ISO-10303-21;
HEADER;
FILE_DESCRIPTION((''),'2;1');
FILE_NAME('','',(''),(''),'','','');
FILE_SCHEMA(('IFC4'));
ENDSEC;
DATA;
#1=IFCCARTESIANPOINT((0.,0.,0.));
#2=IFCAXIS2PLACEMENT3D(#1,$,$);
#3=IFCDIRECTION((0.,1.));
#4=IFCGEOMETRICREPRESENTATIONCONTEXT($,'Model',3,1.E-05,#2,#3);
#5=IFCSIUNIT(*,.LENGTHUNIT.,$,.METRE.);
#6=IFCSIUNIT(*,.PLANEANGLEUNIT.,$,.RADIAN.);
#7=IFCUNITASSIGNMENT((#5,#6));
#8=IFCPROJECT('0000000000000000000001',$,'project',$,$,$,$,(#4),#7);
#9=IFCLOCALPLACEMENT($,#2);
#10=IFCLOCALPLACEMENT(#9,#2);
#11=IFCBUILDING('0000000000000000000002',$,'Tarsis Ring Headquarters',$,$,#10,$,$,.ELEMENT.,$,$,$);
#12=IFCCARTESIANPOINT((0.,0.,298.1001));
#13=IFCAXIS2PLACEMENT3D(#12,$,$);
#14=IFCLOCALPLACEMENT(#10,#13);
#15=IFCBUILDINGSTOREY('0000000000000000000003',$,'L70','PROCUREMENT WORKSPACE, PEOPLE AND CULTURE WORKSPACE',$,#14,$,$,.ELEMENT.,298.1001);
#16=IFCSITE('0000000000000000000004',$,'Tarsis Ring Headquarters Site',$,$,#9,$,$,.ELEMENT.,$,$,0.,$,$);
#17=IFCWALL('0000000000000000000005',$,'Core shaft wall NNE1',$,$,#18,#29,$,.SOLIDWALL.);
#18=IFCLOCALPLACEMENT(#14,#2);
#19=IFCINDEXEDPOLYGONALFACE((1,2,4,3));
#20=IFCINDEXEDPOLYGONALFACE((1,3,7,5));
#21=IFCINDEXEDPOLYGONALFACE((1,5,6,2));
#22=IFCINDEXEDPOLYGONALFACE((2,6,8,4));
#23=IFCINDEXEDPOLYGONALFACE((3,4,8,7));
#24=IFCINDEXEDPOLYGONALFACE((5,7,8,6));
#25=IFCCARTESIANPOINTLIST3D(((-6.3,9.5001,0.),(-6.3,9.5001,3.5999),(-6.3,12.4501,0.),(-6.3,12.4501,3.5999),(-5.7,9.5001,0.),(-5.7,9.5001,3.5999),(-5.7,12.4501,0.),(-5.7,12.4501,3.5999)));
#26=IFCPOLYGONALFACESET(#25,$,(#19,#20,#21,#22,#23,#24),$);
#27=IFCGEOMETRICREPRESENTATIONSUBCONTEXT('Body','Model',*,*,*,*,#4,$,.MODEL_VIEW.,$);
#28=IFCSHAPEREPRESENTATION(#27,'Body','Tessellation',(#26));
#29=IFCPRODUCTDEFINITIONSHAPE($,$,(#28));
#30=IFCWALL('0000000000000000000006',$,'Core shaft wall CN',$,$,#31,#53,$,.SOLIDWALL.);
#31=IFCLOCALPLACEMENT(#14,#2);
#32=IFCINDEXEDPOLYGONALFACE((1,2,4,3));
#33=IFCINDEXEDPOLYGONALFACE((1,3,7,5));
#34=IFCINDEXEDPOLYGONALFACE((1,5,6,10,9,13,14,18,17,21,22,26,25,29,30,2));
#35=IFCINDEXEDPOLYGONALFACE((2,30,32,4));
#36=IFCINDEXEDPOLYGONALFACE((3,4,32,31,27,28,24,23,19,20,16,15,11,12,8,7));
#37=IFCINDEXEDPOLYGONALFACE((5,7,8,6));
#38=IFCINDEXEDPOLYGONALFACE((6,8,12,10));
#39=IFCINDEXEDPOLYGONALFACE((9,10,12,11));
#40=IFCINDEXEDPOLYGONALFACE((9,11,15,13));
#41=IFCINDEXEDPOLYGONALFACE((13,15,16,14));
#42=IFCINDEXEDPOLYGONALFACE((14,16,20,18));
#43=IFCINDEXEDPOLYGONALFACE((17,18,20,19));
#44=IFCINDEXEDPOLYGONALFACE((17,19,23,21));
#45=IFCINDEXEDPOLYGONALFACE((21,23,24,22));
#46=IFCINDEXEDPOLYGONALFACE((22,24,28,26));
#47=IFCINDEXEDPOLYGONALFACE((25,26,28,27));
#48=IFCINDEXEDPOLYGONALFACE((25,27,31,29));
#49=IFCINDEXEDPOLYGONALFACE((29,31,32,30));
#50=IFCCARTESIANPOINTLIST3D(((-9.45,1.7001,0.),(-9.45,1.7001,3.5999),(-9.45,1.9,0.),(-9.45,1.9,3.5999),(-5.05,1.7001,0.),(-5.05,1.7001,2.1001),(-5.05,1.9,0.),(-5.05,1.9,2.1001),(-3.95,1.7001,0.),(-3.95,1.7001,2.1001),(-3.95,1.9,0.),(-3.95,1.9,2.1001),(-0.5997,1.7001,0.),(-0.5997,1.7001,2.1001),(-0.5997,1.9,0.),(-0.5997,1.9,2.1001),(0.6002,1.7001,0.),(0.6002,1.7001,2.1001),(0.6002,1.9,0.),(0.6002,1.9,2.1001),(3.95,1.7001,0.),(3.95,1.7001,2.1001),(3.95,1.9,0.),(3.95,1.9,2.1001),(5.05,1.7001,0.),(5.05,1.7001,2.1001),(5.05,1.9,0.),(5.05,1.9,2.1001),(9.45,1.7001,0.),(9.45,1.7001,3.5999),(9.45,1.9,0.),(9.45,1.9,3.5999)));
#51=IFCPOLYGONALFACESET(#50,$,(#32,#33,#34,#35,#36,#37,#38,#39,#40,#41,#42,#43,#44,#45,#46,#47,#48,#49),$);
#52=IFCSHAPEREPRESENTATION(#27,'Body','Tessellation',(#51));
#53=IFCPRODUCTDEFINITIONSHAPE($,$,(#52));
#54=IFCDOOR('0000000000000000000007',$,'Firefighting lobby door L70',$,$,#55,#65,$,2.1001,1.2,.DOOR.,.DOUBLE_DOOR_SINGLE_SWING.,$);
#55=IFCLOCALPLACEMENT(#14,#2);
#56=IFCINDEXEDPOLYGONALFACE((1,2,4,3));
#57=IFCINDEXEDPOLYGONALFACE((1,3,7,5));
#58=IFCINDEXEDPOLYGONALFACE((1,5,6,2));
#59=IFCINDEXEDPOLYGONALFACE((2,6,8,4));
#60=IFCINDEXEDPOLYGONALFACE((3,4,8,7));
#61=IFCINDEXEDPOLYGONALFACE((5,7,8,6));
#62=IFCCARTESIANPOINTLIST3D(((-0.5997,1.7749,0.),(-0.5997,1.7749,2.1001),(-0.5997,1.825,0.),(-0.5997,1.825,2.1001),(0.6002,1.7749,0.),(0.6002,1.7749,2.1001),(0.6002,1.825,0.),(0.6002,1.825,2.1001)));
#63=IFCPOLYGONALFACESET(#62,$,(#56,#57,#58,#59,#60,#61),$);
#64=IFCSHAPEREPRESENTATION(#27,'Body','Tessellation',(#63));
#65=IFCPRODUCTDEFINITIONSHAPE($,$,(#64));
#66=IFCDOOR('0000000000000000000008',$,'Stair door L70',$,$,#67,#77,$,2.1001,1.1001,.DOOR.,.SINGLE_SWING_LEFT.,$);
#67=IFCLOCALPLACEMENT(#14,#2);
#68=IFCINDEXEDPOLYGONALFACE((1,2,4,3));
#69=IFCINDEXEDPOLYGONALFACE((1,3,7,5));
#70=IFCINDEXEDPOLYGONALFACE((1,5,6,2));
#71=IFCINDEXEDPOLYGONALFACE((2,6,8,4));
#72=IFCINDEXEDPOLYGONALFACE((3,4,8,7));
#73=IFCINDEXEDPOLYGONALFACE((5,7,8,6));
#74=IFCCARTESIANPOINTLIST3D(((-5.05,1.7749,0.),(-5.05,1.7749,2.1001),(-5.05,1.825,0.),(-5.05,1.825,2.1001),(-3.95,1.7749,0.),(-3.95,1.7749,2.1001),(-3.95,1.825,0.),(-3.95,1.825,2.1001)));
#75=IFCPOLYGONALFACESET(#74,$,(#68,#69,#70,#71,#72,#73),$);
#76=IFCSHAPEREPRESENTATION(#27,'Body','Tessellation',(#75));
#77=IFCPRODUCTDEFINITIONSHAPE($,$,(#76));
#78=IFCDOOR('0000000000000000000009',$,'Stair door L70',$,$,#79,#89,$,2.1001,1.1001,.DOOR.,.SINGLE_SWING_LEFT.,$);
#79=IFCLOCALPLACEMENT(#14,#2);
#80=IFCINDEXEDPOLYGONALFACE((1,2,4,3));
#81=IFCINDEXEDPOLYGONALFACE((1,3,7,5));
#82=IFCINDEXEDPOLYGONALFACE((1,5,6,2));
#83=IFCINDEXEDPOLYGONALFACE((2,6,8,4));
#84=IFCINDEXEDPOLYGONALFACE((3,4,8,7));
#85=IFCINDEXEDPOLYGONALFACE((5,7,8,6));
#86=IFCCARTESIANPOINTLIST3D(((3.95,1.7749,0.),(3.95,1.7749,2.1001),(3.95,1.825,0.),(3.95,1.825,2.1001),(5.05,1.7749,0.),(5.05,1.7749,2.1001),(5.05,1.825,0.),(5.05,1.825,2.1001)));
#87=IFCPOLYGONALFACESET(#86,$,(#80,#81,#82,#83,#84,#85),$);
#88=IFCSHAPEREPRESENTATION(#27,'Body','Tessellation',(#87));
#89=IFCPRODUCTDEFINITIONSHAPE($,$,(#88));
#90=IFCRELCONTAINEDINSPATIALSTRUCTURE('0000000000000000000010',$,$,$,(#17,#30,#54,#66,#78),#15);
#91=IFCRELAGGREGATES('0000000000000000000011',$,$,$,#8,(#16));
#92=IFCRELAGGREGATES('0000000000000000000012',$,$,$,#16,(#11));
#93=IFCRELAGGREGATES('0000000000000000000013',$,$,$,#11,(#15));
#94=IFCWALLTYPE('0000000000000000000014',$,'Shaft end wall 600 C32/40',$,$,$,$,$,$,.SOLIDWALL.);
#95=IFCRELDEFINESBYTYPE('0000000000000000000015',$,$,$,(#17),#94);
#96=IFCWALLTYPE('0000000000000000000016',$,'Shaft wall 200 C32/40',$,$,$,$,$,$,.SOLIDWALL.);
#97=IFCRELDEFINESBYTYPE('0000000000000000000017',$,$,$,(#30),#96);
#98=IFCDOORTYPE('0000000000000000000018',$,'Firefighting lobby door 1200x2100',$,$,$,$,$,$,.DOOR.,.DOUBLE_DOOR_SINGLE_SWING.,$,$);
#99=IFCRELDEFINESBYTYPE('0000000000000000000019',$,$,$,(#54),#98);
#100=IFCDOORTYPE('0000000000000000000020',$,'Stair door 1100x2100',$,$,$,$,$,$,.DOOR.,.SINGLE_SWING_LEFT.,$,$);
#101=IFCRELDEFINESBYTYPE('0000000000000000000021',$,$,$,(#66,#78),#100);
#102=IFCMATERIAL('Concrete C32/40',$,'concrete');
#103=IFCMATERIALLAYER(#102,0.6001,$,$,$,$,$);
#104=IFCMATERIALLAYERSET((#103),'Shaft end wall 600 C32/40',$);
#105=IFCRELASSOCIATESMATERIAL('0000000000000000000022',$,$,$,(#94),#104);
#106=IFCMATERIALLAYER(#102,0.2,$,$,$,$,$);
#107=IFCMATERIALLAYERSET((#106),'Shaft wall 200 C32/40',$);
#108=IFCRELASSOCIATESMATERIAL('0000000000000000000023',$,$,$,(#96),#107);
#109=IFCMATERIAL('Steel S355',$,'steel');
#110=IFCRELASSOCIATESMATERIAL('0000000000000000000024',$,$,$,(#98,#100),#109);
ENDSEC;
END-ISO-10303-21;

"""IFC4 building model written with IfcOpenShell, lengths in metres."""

from ifc_helpers import new_model, si_unit, direction, frame, frame_2d, origin, place, context, subcontext, project, spatial, rectangle, extrude, material, layer, layer_set, type_object, element, fill, save


model = new_model("IFC4")

# Units and contexts
model_context = context("Model", 3, precision=1e-05, world=origin(), true_north=direction((0.0, 1.0)))
body_context = subcontext(model_context, "Body", "Model", "MODEL_VIEW")
ifc_project = project(units=[si_unit("LENGTHUNIT", "METRE"), si_unit("PLANEANGLEUNIT", "RADIAN")], contexts=[model_context])

# Site, building, storey
site_placement = place(None, origin())
site = spatial("IfcSite", under=ifc_project, at=site_placement, Name="Tarsis Ring Headquarters Site", CompositionType="ELEMENT", RefElevation=0.0)
building_placement = place(site_placement, origin())
building = spatial("IfcBuilding", under=site, at=building_placement, Name="Tarsis Ring Headquarters", CompositionType="ELEMENT")
storey_placement = place(building_placement, frame((0.0, 0.0, 298.1001)))
storey = spatial("IfcBuildingStorey", under=building, at=storey_placement, Name="L70", Description="PROCUREMENT WORKSPACE, PEOPLE AND CULTURE WORKSPACE", CompositionType="ELEMENT", Elevation=298.1001)

# Shared definitions
ifc_material_1 = material(Name="Steel S355", Category="steel")

# Wall
ifc_material_2 = material(Name="Concrete C32/40", Category="concrete")
ifc_layer_1 = layer(ifc_material_2, 0.6001)
ifc_layer_set_1 = layer_set([ifc_layer_1], Name="Shaft end wall 600 C32/40")
wall_type_1 = type_object("IfcWallType", Name="Shaft end wall 600 C32/40", PredefinedType="SOLIDWALL", material=ifc_layer_set_1)
wall_1_placement = place(storey_placement, frame((-6.0, 9.5, 0.0), z_axis=(0.0, 0.0, 1.0), x_axis=(0.0, 1.0, 0.0)))
element("IfcWall", 1, at=wall_1_placement, inside=storey, type_object=wall_type_1, Name="Core shaft wall NNE1", PredefinedType="SOLIDWALL", context=body_context, shape_type="SweptSolid", body=[
    extrude(rectangle(XDim=2.95, YDim=0.6001, at=frame_2d((1.4751, 0.0))), origin(), (0.0, 0.0, 1.0), 3.5999),
])

# Wall, openings, doors
ifc_layer_2 = layer(ifc_material_2, 0.2)
ifc_layer_set_2 = layer_set([ifc_layer_2], Name="Shaft wall 200 C32/40")
wall_type_2 = type_object("IfcWallType", Name="Shaft wall 200 C32/40", PredefinedType="SOLIDWALL", material=ifc_layer_set_2)
wall_2_placement = place(storey_placement, frame((-9.45, 1.8, 0.0), z_axis=(0.0, 0.0, 1.0), x_axis=(1.0, 0.0, 0.0)))
wall_2 = element("IfcWall", 2, at=wall_2_placement, inside=storey, type_object=wall_type_2, Name="Core shaft wall CN", PredefinedType="SOLIDWALL", context=body_context, shape_type="SweptSolid", body=[
    extrude(rectangle(XDim=18.8999, YDim=0.2, at=frame_2d((9.45, 0.0))), origin(), (0.0, 0.0, 1.0), 3.5999),
])
opening_1_placement = place(wall_2_placement, frame((4.3999, 0.0, 0.0)))
opening_1 = element("IfcOpeningElement", 3, at=opening_1_placement, cuts=wall_2, PredefinedType="OPENING", context=body_context, shape_type="SweptSolid", body=[
    extrude(rectangle(XDim=1.1001, YDim=2.1001, at=frame_2d((0.55, 1.05))), frame((0.0, 0.1099, 0.0), z_axis=(0.0, -1.0, 0.0), x_axis=(1.0, 0.0, 0.0)), (0.0, 0.0, 1.0), 0.22),
])
opening_2_placement = place(wall_2_placement, frame((8.8501, 0.0, 0.0)))
opening_2 = element("IfcOpeningElement", 4, at=opening_2_placement, cuts=wall_2, PredefinedType="OPENING", context=body_context, shape_type="SweptSolid", body=[
    extrude(rectangle(XDim=1.2, YDim=2.1001, at=frame_2d((0.6001, 1.05))), frame((0.0, 0.1099, 0.0), z_axis=(0.0, -1.0, 0.0), x_axis=(1.0, 0.0, 0.0)), (0.0, 0.0, 1.0), 0.22),
])
opening_3_placement = place(wall_2_placement, frame((13.3999, 0.0, 0.0)))
opening_3 = element("IfcOpeningElement", 5, at=opening_3_placement, cuts=wall_2, PredefinedType="OPENING", context=body_context, shape_type="SweptSolid", body=[
    extrude(rectangle(XDim=1.1001, YDim=2.1001, at=frame_2d((0.55, 1.05))), frame((0.0, 0.1099, 0.0), z_axis=(0.0, -1.0, 0.0), x_axis=(1.0, 0.0, 0.0)), (0.0, 0.0, 1.0), 0.22),
])
door_type_1 = type_object("IfcDoorType", Name="Firefighting lobby door 1200x2100", OperationType="DOUBLE_DOOR_SINGLE_SWING", PredefinedType="DOOR", material=ifc_material_1)
door_1_placement = place(opening_2_placement, origin())
door_1 = element("IfcDoor", 6, at=door_1_placement, inside=storey, type_object=door_type_1, Name="Firefighting lobby door L70", OperationType="DOUBLE_DOOR_SINGLE_SWING", OverallHeight=2.1001, OverallWidth=1.2, PredefinedType="DOOR", context=body_context, shape_type="SweptSolid", body=[
    extrude(rectangle(XDim=1.2, YDim=2.1001, at=frame_2d((0.6001, 1.05))), frame((0.0, 0.0249, 0.0), z_axis=(0.0, -1.0, 0.0), x_axis=(1.0, 0.0, 0.0)), (0.0, 0.0, 1.0), 0.05),
])
fill(opening_2, door_1)
door_type_2 = type_object("IfcDoorType", Name="Stair door 1100x2100", OperationType="SINGLE_SWING_LEFT", PredefinedType="DOOR", material=ifc_material_1)
door_2_placement = place(opening_1_placement, origin())
door_2 = element("IfcDoor", 7, at=door_2_placement, inside=storey, type_object=door_type_2, Name="Stair door L70", OperationType="SINGLE_SWING_LEFT", OverallHeight=2.1001, OverallWidth=1.1001, PredefinedType="DOOR", context=body_context, shape_type="SweptSolid", body=[
    extrude(rectangle(XDim=1.1001, YDim=2.1001, at=frame_2d((0.55, 1.05))), frame((0.0, 0.0249, 0.0), z_axis=(0.0, -1.0, 0.0), x_axis=(1.0, 0.0, 0.0)), (0.0, 0.0, 1.0), 0.05),
])
fill(opening_1, door_2)
door_3_placement = place(opening_3_placement, origin())
door_3 = element("IfcDoor", 8, at=door_3_placement, inside=storey, type_object=door_type_2, Name="Stair door L70", OperationType="SINGLE_SWING_LEFT", OverallHeight=2.1001, OverallWidth=1.1001, PredefinedType="DOOR", context=body_context, shape_type="SweptSolid", body=[
    extrude(rectangle(XDim=1.1001, YDim=2.1001, at=frame_2d((0.55, 1.05))), frame((0.0, 0.0249, 0.0), z_axis=(0.0, -1.0, 0.0), x_axis=(1.0, 0.0, 0.0)), (0.0, 0.0, 1.0), 0.05),
])
fill(opening_3, door_3)

save(model, "model.ifc")
